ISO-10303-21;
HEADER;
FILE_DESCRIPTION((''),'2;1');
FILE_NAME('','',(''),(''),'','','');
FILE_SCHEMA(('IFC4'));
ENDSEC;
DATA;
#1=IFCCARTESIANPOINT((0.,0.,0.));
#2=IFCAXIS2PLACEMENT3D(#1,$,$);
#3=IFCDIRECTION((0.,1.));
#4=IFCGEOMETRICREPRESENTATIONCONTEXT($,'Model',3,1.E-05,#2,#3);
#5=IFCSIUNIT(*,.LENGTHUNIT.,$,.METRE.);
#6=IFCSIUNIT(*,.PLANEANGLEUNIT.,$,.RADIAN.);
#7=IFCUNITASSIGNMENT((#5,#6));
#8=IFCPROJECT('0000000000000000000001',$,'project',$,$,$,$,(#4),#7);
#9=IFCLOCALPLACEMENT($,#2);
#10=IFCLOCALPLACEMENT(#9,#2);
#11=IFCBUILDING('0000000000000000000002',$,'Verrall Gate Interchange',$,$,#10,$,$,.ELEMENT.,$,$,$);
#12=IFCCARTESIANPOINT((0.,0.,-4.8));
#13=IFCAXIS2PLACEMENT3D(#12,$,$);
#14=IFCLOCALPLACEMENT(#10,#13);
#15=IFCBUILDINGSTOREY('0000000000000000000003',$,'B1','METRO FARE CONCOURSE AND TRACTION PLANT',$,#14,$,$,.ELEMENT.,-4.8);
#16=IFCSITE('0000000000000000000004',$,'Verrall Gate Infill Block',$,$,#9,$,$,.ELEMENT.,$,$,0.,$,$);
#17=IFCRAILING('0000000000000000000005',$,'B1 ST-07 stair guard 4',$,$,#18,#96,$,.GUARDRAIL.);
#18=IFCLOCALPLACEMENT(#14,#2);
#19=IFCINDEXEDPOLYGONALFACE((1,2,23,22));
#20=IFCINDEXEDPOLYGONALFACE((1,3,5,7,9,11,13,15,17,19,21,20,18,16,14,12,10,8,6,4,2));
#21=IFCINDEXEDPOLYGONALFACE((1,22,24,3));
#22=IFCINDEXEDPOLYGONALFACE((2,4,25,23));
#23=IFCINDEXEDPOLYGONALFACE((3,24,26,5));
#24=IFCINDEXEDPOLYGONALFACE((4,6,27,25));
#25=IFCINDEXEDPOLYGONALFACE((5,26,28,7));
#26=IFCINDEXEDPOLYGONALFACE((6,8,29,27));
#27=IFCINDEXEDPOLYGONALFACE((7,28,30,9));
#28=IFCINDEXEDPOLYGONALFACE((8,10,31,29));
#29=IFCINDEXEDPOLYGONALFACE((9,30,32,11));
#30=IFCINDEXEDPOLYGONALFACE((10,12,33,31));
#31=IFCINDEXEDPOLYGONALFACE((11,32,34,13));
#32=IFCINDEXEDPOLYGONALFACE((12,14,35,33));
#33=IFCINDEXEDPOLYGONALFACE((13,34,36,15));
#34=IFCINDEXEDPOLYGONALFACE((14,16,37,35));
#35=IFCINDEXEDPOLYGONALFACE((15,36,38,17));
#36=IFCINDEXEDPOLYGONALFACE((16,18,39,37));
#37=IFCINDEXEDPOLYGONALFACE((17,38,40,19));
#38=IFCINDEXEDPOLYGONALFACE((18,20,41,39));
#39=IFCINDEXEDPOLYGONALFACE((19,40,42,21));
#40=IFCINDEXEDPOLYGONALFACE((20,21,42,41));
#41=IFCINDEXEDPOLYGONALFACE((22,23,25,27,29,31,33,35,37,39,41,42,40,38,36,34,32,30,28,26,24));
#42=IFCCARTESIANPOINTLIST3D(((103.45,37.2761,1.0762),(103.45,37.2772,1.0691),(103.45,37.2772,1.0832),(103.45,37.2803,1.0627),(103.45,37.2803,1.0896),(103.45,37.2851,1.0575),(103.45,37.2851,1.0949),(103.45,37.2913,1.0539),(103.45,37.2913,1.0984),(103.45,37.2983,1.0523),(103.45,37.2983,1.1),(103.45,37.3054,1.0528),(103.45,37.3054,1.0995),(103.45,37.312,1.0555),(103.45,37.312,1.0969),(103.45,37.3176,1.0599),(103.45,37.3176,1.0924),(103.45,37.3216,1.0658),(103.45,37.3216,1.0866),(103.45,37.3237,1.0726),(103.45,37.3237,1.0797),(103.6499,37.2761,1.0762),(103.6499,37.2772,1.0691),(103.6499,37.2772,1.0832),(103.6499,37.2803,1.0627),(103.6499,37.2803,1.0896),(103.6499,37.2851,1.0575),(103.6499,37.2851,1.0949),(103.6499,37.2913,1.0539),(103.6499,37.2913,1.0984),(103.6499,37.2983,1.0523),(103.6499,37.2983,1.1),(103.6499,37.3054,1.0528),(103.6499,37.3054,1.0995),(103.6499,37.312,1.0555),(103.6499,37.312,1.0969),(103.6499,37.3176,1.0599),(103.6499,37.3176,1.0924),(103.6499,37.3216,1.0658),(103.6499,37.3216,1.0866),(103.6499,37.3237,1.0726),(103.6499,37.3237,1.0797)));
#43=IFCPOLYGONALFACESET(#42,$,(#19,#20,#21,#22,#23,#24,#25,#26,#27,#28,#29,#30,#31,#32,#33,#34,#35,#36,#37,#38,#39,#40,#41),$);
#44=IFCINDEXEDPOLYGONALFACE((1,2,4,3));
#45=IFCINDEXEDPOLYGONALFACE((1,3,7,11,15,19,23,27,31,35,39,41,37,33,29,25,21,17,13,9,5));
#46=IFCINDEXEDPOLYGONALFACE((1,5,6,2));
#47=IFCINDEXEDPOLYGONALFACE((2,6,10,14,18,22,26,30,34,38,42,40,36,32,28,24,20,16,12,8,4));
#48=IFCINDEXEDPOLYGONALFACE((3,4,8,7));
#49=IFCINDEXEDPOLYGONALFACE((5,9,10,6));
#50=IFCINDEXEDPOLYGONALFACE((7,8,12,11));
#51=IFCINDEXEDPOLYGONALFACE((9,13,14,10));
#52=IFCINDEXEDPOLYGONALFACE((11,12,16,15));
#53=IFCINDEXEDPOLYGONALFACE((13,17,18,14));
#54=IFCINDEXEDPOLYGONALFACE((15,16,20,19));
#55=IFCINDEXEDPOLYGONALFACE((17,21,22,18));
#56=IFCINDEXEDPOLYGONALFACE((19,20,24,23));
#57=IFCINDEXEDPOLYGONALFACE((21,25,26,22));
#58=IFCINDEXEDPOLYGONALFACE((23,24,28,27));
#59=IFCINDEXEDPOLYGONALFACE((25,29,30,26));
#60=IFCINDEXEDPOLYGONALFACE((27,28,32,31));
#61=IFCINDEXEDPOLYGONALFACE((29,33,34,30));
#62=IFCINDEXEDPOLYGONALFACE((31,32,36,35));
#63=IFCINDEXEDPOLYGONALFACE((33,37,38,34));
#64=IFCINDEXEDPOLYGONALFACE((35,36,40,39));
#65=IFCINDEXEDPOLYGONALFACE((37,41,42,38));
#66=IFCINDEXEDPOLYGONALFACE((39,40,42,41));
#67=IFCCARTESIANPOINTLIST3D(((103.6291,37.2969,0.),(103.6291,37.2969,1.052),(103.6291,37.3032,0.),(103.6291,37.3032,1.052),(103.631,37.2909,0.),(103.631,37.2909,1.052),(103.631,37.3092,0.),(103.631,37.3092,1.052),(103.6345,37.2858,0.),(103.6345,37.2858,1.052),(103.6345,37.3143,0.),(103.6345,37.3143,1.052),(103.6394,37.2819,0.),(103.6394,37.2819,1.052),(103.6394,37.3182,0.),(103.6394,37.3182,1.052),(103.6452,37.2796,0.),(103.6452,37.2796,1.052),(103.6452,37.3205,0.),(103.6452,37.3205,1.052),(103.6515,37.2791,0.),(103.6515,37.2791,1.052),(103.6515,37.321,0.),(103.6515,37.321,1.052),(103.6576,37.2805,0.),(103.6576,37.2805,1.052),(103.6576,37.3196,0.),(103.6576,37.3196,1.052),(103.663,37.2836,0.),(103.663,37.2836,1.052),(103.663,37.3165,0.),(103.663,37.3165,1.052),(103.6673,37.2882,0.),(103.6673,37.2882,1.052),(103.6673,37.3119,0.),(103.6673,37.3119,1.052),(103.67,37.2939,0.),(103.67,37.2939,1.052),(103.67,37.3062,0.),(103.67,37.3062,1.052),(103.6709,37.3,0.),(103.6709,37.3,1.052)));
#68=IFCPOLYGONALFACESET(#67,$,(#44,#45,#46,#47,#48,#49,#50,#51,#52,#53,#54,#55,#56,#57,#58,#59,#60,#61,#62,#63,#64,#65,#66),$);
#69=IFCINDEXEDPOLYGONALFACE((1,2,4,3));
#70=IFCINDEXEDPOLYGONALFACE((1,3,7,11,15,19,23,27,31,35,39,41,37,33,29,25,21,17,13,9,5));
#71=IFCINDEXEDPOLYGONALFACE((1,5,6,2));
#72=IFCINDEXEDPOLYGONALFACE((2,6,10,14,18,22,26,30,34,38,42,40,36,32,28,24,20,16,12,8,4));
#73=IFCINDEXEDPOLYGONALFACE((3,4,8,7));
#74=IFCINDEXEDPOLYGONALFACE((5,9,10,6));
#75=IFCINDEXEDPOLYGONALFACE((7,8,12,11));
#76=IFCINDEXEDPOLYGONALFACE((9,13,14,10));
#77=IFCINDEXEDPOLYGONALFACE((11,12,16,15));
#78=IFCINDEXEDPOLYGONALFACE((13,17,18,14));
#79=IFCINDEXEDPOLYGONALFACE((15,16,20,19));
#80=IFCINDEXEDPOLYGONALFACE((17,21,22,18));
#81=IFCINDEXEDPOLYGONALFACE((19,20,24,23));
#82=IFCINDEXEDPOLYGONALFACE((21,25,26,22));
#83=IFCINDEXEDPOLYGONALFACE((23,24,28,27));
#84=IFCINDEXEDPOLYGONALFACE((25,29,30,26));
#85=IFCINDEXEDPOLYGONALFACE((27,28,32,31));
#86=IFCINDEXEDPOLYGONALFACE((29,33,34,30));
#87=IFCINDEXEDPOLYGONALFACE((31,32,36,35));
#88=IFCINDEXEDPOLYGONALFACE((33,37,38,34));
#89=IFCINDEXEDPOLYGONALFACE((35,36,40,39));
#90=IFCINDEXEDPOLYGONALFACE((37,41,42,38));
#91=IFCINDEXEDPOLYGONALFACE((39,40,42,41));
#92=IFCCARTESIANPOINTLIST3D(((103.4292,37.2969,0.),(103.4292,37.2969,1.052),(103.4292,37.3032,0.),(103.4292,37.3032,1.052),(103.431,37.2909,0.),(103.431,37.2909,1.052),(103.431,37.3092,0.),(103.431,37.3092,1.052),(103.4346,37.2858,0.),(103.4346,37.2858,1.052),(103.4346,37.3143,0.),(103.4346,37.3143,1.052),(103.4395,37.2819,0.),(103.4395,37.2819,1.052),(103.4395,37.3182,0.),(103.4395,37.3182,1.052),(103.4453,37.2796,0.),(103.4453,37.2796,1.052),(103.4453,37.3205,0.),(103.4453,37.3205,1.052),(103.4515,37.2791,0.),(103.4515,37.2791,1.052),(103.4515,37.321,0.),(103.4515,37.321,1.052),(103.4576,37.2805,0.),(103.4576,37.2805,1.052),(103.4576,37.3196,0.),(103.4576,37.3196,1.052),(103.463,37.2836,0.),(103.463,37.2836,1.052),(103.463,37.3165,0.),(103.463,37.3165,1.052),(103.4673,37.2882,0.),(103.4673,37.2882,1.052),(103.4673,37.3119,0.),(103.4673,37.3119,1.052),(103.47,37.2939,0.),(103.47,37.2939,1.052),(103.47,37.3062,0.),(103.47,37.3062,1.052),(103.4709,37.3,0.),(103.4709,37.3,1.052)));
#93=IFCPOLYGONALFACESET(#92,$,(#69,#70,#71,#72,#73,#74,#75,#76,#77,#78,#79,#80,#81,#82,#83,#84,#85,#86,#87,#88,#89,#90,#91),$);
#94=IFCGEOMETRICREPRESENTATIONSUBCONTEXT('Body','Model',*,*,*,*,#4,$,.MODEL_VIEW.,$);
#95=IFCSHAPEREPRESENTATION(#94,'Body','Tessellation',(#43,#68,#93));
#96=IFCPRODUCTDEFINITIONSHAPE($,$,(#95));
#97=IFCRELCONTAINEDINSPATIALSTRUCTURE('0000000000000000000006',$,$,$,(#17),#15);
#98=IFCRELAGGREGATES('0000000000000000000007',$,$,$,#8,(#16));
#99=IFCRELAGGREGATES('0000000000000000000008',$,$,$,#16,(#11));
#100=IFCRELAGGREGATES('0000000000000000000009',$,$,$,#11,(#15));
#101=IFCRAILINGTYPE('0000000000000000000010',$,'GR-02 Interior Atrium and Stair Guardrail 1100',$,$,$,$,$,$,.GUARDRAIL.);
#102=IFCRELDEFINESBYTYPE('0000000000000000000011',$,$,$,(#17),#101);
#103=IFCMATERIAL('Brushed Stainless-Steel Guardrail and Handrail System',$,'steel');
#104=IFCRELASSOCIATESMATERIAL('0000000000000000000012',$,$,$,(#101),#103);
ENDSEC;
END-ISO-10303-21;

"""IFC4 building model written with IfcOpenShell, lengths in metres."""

from ifc_helpers import new_model, si_unit, direction, frame, origin, origin_2d, place, context, subcontext, project, spatial, circle, extrude, material, type_object, element, save


model = new_model("IFC4")

# Units and contexts
model_context = context("Model", 3, precision=1e-05, world=origin(), true_north=direction((0.0, 1.0)))
body_context = subcontext(model_context, "Body", "Model", "MODEL_VIEW")
ifc_project = project(units=[si_unit("LENGTHUNIT", "METRE"), si_unit("PLANEANGLEUNIT", "RADIAN")], contexts=[model_context])

# Site, building, storey
site_placement = place(None, origin())
site = spatial("IfcSite", under=ifc_project, at=site_placement, Name="Verrall Gate Infill Block", CompositionType="ELEMENT", RefElevation=0.0)
building_placement = place(site_placement, origin())
building = spatial("IfcBuilding", under=site, at=building_placement, Name="Verrall Gate Interchange", CompositionType="ELEMENT")
storey_placement = place(building_placement, frame((0.0, 0.0, -4.8)))
storey = spatial("IfcBuildingStorey", under=building, at=storey_placement, Name="B1", Description="METRO FARE CONCOURSE AND TRACTION PLANT", CompositionType="ELEMENT", Elevation=-4.8)

# Railing
ifc_material_1 = material(Name="Brushed Stainless-Steel Guardrail and Handrail System", Category="steel")
railing_type_1 = type_object("IfcRailingType", Name="GR-02 Interior Atrium and Stair Guardrail 1100", PredefinedType="GUARDRAIL", material=ifc_material_1)
railing_1_placement = place(storey_placement, frame((103.6499, 37.3, 0.0)))
element("IfcRailing", 1, at=railing_1_placement, inside=storey, type_object=railing_type_1, Name="B1 ST-07 stair guard 4", PredefinedType="GUARDRAIL", context=body_context, shape_type="SweptSolid", body=[
    extrude(circle(Radius=0.0239, at=origin_2d()), frame((0.0, 0.0, 1.0762), z_axis=(-1.0, 0.0, 0.0), x_axis=(0.0, -1.0, 0.0)), (0.0, 0.0, 1.0), 0.2),
    extrude(circle(Radius=0.021, at=origin_2d()), origin(), (0.0, 0.0, 1.0), 1.052),
    extrude(circle(Radius=0.021, at=origin_2d()), frame((-0.2, 0.0, 0.0)), (0.0, 0.0, 1.0), 1.052),
])

save(model, "model.ifc")
